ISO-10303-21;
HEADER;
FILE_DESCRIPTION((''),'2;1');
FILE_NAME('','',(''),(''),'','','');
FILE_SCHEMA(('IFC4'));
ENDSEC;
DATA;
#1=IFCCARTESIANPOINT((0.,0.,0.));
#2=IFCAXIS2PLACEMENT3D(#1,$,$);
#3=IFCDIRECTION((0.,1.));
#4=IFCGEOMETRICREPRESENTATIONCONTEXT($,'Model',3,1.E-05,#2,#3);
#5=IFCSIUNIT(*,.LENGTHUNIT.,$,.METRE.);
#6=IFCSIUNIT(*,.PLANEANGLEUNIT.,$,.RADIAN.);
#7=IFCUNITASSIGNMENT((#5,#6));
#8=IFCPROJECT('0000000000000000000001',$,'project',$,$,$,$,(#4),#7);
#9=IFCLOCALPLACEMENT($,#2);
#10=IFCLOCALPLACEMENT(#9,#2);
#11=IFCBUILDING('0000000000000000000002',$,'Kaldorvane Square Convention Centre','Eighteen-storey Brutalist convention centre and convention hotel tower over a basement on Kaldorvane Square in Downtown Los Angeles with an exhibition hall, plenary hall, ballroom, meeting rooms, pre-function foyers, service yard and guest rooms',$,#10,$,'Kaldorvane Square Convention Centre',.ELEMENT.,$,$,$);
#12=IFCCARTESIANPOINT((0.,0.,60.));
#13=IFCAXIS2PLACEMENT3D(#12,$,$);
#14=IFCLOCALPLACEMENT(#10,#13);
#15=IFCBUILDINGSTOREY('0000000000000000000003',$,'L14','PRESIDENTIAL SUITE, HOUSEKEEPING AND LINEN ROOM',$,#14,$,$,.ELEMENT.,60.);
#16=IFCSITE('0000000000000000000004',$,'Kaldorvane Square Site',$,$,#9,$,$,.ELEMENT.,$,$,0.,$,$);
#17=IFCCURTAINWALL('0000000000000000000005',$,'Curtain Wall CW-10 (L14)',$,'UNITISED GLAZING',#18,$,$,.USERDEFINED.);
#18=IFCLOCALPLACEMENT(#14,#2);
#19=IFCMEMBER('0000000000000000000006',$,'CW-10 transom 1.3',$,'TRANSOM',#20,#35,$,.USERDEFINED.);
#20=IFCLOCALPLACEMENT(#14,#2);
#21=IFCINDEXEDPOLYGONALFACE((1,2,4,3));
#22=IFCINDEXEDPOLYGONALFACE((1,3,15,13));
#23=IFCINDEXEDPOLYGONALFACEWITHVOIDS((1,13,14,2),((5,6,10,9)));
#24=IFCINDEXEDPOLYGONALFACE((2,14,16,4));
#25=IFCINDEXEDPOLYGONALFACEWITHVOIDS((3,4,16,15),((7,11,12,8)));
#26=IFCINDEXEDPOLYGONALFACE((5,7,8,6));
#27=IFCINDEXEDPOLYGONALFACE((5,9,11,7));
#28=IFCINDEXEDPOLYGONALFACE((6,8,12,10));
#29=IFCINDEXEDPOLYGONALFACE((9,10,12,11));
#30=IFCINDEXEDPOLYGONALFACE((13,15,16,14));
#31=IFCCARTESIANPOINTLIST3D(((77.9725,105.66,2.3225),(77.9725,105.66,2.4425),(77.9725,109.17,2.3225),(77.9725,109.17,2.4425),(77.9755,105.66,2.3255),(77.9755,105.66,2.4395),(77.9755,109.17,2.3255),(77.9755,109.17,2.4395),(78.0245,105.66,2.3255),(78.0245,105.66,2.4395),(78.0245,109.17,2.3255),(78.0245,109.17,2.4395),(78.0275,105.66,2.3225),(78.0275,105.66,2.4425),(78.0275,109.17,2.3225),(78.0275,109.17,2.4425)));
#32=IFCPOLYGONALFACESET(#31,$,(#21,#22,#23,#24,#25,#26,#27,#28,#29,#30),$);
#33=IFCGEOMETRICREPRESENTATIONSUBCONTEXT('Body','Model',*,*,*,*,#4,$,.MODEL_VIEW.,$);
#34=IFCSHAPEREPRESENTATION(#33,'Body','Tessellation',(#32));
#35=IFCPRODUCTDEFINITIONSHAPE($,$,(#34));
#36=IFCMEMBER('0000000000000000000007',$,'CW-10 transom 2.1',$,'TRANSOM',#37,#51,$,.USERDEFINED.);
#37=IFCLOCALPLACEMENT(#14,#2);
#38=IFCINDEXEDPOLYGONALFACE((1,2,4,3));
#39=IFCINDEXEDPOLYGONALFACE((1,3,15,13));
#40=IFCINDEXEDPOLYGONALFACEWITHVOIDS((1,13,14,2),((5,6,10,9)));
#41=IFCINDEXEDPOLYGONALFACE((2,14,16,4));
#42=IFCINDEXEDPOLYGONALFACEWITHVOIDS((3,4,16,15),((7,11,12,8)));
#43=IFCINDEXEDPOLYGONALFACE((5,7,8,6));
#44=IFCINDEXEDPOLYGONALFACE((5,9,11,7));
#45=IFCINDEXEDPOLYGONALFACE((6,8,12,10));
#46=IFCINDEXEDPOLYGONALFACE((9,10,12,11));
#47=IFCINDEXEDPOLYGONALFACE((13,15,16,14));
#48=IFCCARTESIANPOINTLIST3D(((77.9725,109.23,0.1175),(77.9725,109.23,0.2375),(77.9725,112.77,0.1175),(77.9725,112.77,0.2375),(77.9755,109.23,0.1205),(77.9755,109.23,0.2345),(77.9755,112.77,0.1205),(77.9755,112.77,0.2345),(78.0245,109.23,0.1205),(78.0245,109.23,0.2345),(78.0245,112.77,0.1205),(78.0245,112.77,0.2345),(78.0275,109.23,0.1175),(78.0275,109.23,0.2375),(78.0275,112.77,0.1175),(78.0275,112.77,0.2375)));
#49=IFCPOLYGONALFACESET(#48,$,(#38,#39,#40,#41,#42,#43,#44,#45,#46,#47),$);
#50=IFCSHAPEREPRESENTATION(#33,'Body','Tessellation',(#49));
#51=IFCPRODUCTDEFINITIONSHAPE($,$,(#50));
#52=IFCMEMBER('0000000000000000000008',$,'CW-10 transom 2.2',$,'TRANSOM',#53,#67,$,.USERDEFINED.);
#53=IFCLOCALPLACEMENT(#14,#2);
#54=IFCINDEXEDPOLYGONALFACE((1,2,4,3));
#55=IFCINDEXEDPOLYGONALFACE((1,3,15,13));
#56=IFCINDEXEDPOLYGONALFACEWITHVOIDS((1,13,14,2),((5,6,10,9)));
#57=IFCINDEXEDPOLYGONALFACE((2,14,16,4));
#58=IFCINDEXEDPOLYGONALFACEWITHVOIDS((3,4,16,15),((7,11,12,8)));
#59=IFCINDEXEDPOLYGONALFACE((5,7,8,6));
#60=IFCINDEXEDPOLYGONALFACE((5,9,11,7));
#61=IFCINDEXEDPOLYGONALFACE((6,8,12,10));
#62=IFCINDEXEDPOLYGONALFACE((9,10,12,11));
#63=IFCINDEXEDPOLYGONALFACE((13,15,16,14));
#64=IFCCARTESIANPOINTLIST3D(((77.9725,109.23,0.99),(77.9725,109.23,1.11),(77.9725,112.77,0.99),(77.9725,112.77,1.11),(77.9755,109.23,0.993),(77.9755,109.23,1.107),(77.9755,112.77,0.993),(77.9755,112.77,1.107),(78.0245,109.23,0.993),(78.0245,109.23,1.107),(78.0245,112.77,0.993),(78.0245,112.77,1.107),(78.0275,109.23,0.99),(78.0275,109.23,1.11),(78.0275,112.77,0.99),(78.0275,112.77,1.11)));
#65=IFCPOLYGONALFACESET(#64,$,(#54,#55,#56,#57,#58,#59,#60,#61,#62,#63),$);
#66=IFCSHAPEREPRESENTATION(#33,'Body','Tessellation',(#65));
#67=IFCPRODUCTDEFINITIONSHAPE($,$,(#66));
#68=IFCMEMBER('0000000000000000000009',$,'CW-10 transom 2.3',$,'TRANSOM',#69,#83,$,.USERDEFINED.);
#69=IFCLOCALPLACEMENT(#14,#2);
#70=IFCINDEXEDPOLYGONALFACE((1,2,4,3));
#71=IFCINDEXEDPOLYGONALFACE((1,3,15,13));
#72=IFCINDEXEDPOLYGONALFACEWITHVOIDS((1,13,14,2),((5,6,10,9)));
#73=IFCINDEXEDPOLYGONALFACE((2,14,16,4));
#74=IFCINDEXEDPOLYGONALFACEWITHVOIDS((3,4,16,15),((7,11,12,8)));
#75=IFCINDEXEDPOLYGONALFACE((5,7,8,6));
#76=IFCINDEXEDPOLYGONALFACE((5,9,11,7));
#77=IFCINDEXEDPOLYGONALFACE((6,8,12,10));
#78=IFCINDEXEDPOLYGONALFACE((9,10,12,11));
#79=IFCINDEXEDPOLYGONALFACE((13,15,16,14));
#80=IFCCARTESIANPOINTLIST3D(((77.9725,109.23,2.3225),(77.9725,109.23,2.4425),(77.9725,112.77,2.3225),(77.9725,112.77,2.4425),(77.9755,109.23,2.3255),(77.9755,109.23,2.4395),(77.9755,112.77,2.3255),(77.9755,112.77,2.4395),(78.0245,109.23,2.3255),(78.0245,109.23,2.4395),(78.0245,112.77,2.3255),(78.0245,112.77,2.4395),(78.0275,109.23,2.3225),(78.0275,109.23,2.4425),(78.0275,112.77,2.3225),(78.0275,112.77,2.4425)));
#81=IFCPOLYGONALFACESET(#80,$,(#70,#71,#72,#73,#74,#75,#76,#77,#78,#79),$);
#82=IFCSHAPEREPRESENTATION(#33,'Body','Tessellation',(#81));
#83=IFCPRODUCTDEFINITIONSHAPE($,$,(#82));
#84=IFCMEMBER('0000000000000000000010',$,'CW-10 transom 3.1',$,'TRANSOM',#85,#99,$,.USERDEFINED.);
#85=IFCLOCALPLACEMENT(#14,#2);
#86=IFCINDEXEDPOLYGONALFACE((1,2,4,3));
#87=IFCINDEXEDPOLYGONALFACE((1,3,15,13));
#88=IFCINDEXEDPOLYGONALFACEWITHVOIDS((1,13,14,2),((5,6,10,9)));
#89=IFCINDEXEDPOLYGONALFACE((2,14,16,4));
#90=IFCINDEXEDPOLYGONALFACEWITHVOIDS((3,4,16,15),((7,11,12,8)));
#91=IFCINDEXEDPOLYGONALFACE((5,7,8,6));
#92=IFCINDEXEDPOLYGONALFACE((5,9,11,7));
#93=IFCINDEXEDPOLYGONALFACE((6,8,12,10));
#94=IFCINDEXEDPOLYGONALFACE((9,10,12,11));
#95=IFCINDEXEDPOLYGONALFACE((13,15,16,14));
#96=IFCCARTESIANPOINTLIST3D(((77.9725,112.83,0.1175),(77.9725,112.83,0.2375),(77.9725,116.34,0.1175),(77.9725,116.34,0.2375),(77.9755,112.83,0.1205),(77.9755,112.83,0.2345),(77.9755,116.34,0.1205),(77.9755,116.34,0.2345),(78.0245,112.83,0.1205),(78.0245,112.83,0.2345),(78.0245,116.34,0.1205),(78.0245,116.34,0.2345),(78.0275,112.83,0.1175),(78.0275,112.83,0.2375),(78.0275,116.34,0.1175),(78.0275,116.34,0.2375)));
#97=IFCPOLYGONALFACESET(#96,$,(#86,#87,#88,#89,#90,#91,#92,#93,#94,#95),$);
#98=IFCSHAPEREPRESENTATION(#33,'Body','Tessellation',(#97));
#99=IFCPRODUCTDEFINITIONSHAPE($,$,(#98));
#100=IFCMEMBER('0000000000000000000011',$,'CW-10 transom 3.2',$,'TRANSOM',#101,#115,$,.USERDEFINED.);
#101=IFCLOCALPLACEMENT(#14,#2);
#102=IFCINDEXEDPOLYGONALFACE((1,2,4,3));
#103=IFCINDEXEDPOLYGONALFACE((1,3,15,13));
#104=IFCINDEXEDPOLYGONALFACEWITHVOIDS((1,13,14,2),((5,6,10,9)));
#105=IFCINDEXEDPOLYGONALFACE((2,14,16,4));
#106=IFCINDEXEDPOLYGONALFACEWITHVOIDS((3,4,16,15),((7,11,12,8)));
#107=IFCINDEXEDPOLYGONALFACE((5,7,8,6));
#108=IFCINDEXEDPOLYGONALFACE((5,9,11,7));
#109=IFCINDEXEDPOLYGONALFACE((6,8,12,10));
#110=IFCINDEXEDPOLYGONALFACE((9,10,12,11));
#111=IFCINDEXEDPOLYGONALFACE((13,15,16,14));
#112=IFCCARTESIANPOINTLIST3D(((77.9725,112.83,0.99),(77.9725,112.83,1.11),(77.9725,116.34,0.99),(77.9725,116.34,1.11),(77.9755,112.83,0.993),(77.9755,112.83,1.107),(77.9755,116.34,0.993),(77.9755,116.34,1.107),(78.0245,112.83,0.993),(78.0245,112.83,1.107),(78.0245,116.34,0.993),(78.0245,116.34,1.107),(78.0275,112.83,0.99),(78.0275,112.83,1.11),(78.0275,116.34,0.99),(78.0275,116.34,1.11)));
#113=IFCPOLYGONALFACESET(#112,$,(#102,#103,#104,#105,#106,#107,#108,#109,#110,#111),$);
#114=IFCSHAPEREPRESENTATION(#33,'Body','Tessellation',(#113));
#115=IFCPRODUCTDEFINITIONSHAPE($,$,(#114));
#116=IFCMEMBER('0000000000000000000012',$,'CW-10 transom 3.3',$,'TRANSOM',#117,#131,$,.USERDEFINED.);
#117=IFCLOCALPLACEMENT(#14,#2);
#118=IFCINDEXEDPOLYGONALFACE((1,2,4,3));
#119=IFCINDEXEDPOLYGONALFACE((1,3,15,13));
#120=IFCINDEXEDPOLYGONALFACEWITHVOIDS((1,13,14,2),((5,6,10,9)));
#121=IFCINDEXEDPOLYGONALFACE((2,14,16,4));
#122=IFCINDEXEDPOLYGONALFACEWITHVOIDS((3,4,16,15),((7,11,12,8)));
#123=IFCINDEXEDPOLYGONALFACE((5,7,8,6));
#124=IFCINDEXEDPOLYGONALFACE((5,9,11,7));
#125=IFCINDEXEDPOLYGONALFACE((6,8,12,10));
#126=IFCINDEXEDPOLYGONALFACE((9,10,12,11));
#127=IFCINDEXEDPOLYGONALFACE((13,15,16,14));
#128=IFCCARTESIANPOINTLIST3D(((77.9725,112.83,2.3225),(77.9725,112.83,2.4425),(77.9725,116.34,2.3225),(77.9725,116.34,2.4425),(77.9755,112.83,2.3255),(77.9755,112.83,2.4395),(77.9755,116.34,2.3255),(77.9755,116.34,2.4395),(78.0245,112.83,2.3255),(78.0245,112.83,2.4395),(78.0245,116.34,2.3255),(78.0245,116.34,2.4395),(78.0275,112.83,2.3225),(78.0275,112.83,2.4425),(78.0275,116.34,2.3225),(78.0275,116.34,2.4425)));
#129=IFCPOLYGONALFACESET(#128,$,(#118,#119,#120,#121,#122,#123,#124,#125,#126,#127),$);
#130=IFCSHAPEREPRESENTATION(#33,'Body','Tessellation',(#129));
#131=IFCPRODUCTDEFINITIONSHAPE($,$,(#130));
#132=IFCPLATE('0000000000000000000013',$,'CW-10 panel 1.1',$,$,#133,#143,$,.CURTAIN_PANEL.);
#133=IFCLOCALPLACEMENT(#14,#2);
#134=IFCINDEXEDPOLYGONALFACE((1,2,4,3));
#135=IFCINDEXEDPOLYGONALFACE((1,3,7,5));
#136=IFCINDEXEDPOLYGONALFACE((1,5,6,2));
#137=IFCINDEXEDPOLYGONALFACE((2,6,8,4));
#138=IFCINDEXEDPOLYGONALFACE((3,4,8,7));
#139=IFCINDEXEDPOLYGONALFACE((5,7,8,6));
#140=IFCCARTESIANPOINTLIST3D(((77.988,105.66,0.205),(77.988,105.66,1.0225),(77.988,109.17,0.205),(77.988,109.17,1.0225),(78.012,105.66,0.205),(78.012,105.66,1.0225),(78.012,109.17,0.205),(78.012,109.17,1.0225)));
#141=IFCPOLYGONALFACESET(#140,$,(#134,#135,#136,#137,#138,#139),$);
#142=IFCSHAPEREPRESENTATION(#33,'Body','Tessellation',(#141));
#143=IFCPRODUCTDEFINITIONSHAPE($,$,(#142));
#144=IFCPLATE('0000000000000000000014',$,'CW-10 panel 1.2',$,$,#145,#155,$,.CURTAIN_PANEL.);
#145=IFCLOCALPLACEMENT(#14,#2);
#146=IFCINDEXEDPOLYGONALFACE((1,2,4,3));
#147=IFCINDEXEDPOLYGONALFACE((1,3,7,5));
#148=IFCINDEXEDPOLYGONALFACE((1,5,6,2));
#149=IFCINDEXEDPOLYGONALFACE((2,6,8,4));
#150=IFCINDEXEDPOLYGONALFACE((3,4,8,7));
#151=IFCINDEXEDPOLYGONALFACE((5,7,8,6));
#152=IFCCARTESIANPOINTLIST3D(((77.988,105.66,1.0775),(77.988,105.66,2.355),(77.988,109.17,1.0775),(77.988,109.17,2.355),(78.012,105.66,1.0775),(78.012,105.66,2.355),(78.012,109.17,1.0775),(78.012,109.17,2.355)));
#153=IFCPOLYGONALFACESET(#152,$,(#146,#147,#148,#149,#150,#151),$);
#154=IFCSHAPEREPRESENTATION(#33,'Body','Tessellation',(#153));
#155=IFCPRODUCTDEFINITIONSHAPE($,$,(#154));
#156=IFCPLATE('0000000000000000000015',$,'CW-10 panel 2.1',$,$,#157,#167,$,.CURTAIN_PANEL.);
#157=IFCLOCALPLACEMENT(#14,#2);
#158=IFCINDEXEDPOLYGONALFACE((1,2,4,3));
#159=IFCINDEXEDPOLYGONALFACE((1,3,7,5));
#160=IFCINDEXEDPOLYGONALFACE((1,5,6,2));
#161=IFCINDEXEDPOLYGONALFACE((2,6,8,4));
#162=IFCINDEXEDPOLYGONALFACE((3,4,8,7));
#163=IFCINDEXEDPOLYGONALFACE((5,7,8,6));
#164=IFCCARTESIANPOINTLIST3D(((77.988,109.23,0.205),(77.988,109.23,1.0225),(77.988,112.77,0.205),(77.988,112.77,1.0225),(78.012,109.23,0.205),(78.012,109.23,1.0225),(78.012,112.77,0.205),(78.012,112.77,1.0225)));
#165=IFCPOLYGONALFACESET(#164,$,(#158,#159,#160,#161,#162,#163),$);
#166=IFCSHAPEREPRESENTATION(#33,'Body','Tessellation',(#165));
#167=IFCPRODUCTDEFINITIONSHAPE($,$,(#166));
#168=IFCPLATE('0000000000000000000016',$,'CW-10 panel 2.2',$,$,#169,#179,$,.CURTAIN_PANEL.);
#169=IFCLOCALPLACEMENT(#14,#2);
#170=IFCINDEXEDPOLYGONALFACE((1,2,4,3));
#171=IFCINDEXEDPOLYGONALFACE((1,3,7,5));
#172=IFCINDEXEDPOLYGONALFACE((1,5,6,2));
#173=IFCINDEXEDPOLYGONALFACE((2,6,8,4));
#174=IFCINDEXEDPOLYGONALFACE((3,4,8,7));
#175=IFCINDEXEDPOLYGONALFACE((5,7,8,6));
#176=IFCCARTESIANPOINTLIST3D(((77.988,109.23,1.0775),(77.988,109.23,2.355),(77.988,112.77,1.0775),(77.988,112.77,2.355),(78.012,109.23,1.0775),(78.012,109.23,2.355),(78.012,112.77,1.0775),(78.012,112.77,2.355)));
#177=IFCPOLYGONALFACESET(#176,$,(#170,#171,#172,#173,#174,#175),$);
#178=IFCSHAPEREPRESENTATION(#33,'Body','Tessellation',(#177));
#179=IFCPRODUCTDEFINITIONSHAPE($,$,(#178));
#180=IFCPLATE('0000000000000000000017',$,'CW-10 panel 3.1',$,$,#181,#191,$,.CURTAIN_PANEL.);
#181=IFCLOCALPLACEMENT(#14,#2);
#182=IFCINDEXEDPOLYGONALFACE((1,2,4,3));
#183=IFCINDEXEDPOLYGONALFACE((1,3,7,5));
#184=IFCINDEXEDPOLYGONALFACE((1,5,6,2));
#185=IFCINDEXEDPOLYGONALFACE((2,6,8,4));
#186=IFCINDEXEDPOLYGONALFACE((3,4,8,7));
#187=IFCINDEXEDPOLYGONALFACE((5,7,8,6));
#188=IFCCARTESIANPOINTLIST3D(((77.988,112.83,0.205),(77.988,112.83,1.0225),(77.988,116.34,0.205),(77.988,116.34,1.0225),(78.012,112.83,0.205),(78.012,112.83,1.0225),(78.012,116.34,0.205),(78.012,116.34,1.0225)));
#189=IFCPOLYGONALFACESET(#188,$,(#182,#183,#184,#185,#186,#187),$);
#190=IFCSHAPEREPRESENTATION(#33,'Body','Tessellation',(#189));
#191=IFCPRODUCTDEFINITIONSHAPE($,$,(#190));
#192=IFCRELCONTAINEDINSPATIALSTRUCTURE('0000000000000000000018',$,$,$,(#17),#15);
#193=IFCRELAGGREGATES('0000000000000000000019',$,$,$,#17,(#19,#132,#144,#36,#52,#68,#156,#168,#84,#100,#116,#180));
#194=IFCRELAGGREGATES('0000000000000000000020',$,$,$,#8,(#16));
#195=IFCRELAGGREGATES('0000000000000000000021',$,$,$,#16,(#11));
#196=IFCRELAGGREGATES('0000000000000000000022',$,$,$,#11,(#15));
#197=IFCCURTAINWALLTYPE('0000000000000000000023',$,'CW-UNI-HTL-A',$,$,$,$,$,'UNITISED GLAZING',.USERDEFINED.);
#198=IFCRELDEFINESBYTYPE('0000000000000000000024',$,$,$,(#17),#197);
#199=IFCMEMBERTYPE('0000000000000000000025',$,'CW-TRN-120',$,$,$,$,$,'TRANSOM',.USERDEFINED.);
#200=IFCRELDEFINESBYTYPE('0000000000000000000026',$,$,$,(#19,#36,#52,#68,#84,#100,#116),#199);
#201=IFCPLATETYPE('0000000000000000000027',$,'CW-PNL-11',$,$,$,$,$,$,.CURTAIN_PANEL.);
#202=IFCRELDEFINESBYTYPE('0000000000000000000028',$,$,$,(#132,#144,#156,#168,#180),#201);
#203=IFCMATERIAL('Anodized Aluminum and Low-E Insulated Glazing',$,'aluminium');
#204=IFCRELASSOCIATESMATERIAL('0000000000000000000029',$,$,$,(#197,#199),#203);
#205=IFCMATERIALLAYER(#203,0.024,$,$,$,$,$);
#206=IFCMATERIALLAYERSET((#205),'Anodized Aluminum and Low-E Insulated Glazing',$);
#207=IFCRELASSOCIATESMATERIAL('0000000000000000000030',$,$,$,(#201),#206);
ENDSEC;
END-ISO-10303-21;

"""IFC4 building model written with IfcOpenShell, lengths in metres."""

from ifc_helpers import new_model, si_unit, direction, frame, origin, origin_2d, place, context, subcontext, project, spatial, rectangle, hollow_rectangle, extrude, material, layer, layer_set, material_profile, profile_set, type_object, element, aggregate, save


model = new_model("IFC4")

# Units and contexts
model_context = context("Model", 3, precision=1e-05, world=origin(), true_north=direction((0.0, 1.0)))
body_context = subcontext(model_context, "Body", "Model", "MODEL_VIEW")
ifc_project = project(units=[si_unit("LENGTHUNIT", "METRE"), si_unit("PLANEANGLEUNIT", "RADIAN")], contexts=[model_context])

# Site, building, storey
site_placement = place(None, origin())
site = spatial("IfcSite", under=ifc_project, at=site_placement, Name="Kaldorvane Square Site", CompositionType="ELEMENT", RefElevation=0.0)
building_placement = place(site_placement, origin())
building = spatial("IfcBuilding", under=site, at=building_placement, Name="Kaldorvane Square Convention Centre", Description="Eighteen-storey Brutalist convention centre and convention hotel tower over a basement on Kaldorvane Square in Downtown Los Angeles with an exhibition hall, plenary hall, ballroom, meeting rooms, pre-function foyers, service yard and guest rooms", LongName="Kaldorvane Square Convention Centre", CompositionType="ELEMENT")
storey_placement = place(building_placement, frame((0.0, 0.0, 60.0)))
storey = spatial("IfcBuildingStorey", under=building, at=storey_placement, Name="L14", Description="PRESIDENTIAL SUITE, HOUSEKEEPING AND LINEN ROOM", CompositionType="ELEMENT", Elevation=60.0)

# Curtain wall, members, plates
ifc_material_1 = material(Name="Anodized Aluminum and Low-E Insulated Glazing", Category="aluminium")
curtain_wall_type = type_object("IfcCurtainWallType", Name="CW-UNI-HTL-A", ElementType="UNITISED GLAZING", PredefinedType="USERDEFINED", material=ifc_material_1)
curtain_wall_placement = place(storey_placement, origin())
curtain_wall = element("IfcCurtainWall", 1, at=curtain_wall_placement, inside=storey, type_object=curtain_wall_type, Name="Curtain Wall CW-10 (L14)", ObjectType="UNITISED GLAZING", PredefinedType="USERDEFINED")
ifc_material_profile_1 = material_profile(ifc_material_1, hollow_rectangle(XDim=0.055, YDim=0.12, WallThickness=0.003, at=origin_2d()), Name="CWT-120X55")
ifc_profile_set_1 = profile_set([ifc_material_profile_1], Name="Anodized Aluminum and Low-E Insulated Glazing")
member_type_1 = type_object("IfcMemberType", Name="CW-TRN-120", ElementType="TRANSOM", PredefinedType="USERDEFINED", material=ifc_profile_set_1)
member_1_placement = place(storey_placement, frame((78.0, 105.66, 2.3825), z_axis=(0.0, 1.0, 0.0), x_axis=(-1.0, 0.0, 0.0)))
member_1 = element("IfcMember", 2, at=member_1_placement, type_object=member_type_1, Name="CW-10 transom 1.3", ObjectType="TRANSOM", PredefinedType="USERDEFINED", context=body_context, shape_type="SweptSolid", body=[
    extrude(hollow_rectangle(XDim=0.055, YDim=0.12, WallThickness=0.003, at=origin_2d()), origin(), (0.0, 0.0, 1.0), 3.51),
])
member_2_placement = place(storey_placement, frame((78.0, 109.23, 0.1775), z_axis=(0.0, 1.0, 0.0), x_axis=(-1.0, 0.0, 0.0)))
member_2 = element("IfcMember", 3, at=member_2_placement, type_object=member_type_1, Name="CW-10 transom 2.1", ObjectType="TRANSOM", PredefinedType="USERDEFINED", context=body_context, shape_type="SweptSolid", body=[
    extrude(hollow_rectangle(XDim=0.055, YDim=0.12, WallThickness=0.003, at=origin_2d()), origin(), (0.0, 0.0, 1.0), 3.54),
])
member_3_placement = place(storey_placement, frame((78.0, 109.23, 1.05), z_axis=(0.0, 1.0, 0.0), x_axis=(-1.0, 0.0, 0.0)))
member_3 = element("IfcMember", 4, at=member_3_placement, type_object=member_type_1, Name="CW-10 transom 2.2", ObjectType="TRANSOM", PredefinedType="USERDEFINED", context=body_context, shape_type="SweptSolid", body=[
    extrude(hollow_rectangle(XDim=0.055, YDim=0.12, WallThickness=0.003, at=origin_2d()), origin(), (0.0, 0.0, 1.0), 3.54),
])
member_4_placement = place(storey_placement, frame((78.0, 109.23, 2.3825), z_axis=(0.0, 1.0, 0.0), x_axis=(-1.0, 0.0, 0.0)))
member_4 = element("IfcMember", 5, at=member_4_placement, type_object=member_type_1, Name="CW-10 transom 2.3", ObjectType="TRANSOM", PredefinedType="USERDEFINED", context=body_context, shape_type="SweptSolid", body=[
    extrude(hollow_rectangle(XDim=0.055, YDim=0.12, WallThickness=0.003, at=origin_2d()), origin(), (0.0, 0.0, 1.0), 3.54),
])
member_5_placement = place(storey_placement, frame((78.0, 112.83, 0.1775), z_axis=(0.0, 1.0, 0.0), x_axis=(-1.0, 0.0, 0.0)))
member_5 = element("IfcMember", 6, at=member_5_placement, type_object=member_type_1, Name="CW-10 transom 3.1", ObjectType="TRANSOM", PredefinedType="USERDEFINED", context=body_context, shape_type="SweptSolid", body=[
    extrude(hollow_rectangle(XDim=0.055, YDim=0.12, WallThickness=0.003, at=origin_2d()), origin(), (0.0, 0.0, 1.0), 3.51),
])
member_6_placement = place(storey_placement, frame((78.0, 112.83, 1.05), z_axis=(0.0, 1.0, 0.0), x_axis=(-1.0, 0.0, 0.0)))
member_6 = element("IfcMember", 7, at=member_6_placement, type_object=member_type_1, Name="CW-10 transom 3.2", ObjectType="TRANSOM", PredefinedType="USERDEFINED", context=body_context, shape_type="SweptSolid", body=[
    extrude(hollow_rectangle(XDim=0.055, YDim=0.12, WallThickness=0.003, at=origin_2d()), origin(), (0.0, 0.0, 1.0), 3.51),
])
member_7_placement = place(storey_placement, frame((78.0, 112.83, 2.3825), z_axis=(0.0, 1.0, 0.0), x_axis=(-1.0, 0.0, 0.0)))
member_7 = element("IfcMember", 8, at=member_7_placement, type_object=member_type_1, Name="CW-10 transom 3.3", ObjectType="TRANSOM", PredefinedType="USERDEFINED", context=body_context, shape_type="SweptSolid", body=[
    extrude(hollow_rectangle(XDim=0.055, YDim=0.12, WallThickness=0.003, at=origin_2d()), origin(), (0.0, 0.0, 1.0), 3.51),
])
ifc_layer_1 = layer(ifc_material_1, 0.024)
ifc_layer_set_1 = layer_set([ifc_layer_1], Name="Anodized Aluminum and Low-E Insulated Glazing")
plate_type = type_object("IfcPlateType", Name="CW-PNL-11", PredefinedType="CURTAIN_PANEL", material=ifc_layer_set_1)
plate_1_placement = place(storey_placement, frame((78.0, 107.415, 0.205), z_axis=(0.0, 0.0, 1.0), x_axis=(0.0, 1.0, 0.0)))
plate_1 = element("IfcPlate", 9, at=plate_1_placement, type_object=plate_type, Name="CW-10 panel 1.1", PredefinedType="CURTAIN_PANEL", context=body_context, shape_type="SweptSolid", body=[
    extrude(rectangle(XDim=3.51, YDim=0.024, at=origin_2d()), origin(), (0.0, 0.0, 1.0), 0.8175),
])
plate_2_placement = place(storey_placement, frame((78.0, 107.415, 1.0775), z_axis=(0.0, 0.0, 1.0), x_axis=(0.0, 1.0, 0.0)))
plate_2 = element("IfcPlate", 10, at=plate_2_placement, type_object=plate_type, Name="CW-10 panel 1.2", PredefinedType="CURTAIN_PANEL", context=body_context, shape_type="SweptSolid", body=[
    extrude(rectangle(XDim=3.51, YDim=0.024, at=origin_2d()), origin(), (0.0, 0.0, 1.0), 1.2775),
])
plate_3_placement = place(storey_placement, frame((78.0, 111.0, 0.205), z_axis=(0.0, 0.0, 1.0), x_axis=(0.0, 1.0, 0.0)))
plate_3 = element("IfcPlate", 11, at=plate_3_placement, type_object=plate_type, Name="CW-10 panel 2.1", PredefinedType="CURTAIN_PANEL", context=body_context, shape_type="SweptSolid", body=[
    extrude(rectangle(XDim=3.54, YDim=0.024, at=origin_2d()), origin(), (0.0, 0.0, 1.0), 0.8175),
])
plate_4_placement = place(storey_placement, frame((78.0, 111.0, 1.0775), z_axis=(0.0, 0.0, 1.0), x_axis=(0.0, 1.0, 0.0)))
plate_4 = element("IfcPlate", 12, at=plate_4_placement, type_object=plate_type, Name="CW-10 panel 2.2", PredefinedType="CURTAIN_PANEL", context=body_context, shape_type="SweptSolid", body=[
    extrude(rectangle(XDim=3.54, YDim=0.024, at=origin_2d()), origin(), (0.0, 0.0, 1.0), 1.2775),
])
plate_5_placement = place(storey_placement, frame((78.0, 114.585, 0.205), z_axis=(0.0, 0.0, 1.0), x_axis=(0.0, 1.0, 0.0)))
plate_5 = element("IfcPlate", 13, at=plate_5_placement, type_object=plate_type, Name="CW-10 panel 3.1", PredefinedType="CURTAIN_PANEL", context=body_context, shape_type="SweptSolid", body=[
    extrude(rectangle(XDim=3.51, YDim=0.024, at=origin_2d()), origin(), (0.0, 0.0, 1.0), 0.8175),
])
aggregate(curtain_wall, [member_1, plate_1, plate_2, member_2, member_3, member_4, plate_3, plate_4, member_5, member_6, member_7, plate_5])

save(model, "model.ifc")
